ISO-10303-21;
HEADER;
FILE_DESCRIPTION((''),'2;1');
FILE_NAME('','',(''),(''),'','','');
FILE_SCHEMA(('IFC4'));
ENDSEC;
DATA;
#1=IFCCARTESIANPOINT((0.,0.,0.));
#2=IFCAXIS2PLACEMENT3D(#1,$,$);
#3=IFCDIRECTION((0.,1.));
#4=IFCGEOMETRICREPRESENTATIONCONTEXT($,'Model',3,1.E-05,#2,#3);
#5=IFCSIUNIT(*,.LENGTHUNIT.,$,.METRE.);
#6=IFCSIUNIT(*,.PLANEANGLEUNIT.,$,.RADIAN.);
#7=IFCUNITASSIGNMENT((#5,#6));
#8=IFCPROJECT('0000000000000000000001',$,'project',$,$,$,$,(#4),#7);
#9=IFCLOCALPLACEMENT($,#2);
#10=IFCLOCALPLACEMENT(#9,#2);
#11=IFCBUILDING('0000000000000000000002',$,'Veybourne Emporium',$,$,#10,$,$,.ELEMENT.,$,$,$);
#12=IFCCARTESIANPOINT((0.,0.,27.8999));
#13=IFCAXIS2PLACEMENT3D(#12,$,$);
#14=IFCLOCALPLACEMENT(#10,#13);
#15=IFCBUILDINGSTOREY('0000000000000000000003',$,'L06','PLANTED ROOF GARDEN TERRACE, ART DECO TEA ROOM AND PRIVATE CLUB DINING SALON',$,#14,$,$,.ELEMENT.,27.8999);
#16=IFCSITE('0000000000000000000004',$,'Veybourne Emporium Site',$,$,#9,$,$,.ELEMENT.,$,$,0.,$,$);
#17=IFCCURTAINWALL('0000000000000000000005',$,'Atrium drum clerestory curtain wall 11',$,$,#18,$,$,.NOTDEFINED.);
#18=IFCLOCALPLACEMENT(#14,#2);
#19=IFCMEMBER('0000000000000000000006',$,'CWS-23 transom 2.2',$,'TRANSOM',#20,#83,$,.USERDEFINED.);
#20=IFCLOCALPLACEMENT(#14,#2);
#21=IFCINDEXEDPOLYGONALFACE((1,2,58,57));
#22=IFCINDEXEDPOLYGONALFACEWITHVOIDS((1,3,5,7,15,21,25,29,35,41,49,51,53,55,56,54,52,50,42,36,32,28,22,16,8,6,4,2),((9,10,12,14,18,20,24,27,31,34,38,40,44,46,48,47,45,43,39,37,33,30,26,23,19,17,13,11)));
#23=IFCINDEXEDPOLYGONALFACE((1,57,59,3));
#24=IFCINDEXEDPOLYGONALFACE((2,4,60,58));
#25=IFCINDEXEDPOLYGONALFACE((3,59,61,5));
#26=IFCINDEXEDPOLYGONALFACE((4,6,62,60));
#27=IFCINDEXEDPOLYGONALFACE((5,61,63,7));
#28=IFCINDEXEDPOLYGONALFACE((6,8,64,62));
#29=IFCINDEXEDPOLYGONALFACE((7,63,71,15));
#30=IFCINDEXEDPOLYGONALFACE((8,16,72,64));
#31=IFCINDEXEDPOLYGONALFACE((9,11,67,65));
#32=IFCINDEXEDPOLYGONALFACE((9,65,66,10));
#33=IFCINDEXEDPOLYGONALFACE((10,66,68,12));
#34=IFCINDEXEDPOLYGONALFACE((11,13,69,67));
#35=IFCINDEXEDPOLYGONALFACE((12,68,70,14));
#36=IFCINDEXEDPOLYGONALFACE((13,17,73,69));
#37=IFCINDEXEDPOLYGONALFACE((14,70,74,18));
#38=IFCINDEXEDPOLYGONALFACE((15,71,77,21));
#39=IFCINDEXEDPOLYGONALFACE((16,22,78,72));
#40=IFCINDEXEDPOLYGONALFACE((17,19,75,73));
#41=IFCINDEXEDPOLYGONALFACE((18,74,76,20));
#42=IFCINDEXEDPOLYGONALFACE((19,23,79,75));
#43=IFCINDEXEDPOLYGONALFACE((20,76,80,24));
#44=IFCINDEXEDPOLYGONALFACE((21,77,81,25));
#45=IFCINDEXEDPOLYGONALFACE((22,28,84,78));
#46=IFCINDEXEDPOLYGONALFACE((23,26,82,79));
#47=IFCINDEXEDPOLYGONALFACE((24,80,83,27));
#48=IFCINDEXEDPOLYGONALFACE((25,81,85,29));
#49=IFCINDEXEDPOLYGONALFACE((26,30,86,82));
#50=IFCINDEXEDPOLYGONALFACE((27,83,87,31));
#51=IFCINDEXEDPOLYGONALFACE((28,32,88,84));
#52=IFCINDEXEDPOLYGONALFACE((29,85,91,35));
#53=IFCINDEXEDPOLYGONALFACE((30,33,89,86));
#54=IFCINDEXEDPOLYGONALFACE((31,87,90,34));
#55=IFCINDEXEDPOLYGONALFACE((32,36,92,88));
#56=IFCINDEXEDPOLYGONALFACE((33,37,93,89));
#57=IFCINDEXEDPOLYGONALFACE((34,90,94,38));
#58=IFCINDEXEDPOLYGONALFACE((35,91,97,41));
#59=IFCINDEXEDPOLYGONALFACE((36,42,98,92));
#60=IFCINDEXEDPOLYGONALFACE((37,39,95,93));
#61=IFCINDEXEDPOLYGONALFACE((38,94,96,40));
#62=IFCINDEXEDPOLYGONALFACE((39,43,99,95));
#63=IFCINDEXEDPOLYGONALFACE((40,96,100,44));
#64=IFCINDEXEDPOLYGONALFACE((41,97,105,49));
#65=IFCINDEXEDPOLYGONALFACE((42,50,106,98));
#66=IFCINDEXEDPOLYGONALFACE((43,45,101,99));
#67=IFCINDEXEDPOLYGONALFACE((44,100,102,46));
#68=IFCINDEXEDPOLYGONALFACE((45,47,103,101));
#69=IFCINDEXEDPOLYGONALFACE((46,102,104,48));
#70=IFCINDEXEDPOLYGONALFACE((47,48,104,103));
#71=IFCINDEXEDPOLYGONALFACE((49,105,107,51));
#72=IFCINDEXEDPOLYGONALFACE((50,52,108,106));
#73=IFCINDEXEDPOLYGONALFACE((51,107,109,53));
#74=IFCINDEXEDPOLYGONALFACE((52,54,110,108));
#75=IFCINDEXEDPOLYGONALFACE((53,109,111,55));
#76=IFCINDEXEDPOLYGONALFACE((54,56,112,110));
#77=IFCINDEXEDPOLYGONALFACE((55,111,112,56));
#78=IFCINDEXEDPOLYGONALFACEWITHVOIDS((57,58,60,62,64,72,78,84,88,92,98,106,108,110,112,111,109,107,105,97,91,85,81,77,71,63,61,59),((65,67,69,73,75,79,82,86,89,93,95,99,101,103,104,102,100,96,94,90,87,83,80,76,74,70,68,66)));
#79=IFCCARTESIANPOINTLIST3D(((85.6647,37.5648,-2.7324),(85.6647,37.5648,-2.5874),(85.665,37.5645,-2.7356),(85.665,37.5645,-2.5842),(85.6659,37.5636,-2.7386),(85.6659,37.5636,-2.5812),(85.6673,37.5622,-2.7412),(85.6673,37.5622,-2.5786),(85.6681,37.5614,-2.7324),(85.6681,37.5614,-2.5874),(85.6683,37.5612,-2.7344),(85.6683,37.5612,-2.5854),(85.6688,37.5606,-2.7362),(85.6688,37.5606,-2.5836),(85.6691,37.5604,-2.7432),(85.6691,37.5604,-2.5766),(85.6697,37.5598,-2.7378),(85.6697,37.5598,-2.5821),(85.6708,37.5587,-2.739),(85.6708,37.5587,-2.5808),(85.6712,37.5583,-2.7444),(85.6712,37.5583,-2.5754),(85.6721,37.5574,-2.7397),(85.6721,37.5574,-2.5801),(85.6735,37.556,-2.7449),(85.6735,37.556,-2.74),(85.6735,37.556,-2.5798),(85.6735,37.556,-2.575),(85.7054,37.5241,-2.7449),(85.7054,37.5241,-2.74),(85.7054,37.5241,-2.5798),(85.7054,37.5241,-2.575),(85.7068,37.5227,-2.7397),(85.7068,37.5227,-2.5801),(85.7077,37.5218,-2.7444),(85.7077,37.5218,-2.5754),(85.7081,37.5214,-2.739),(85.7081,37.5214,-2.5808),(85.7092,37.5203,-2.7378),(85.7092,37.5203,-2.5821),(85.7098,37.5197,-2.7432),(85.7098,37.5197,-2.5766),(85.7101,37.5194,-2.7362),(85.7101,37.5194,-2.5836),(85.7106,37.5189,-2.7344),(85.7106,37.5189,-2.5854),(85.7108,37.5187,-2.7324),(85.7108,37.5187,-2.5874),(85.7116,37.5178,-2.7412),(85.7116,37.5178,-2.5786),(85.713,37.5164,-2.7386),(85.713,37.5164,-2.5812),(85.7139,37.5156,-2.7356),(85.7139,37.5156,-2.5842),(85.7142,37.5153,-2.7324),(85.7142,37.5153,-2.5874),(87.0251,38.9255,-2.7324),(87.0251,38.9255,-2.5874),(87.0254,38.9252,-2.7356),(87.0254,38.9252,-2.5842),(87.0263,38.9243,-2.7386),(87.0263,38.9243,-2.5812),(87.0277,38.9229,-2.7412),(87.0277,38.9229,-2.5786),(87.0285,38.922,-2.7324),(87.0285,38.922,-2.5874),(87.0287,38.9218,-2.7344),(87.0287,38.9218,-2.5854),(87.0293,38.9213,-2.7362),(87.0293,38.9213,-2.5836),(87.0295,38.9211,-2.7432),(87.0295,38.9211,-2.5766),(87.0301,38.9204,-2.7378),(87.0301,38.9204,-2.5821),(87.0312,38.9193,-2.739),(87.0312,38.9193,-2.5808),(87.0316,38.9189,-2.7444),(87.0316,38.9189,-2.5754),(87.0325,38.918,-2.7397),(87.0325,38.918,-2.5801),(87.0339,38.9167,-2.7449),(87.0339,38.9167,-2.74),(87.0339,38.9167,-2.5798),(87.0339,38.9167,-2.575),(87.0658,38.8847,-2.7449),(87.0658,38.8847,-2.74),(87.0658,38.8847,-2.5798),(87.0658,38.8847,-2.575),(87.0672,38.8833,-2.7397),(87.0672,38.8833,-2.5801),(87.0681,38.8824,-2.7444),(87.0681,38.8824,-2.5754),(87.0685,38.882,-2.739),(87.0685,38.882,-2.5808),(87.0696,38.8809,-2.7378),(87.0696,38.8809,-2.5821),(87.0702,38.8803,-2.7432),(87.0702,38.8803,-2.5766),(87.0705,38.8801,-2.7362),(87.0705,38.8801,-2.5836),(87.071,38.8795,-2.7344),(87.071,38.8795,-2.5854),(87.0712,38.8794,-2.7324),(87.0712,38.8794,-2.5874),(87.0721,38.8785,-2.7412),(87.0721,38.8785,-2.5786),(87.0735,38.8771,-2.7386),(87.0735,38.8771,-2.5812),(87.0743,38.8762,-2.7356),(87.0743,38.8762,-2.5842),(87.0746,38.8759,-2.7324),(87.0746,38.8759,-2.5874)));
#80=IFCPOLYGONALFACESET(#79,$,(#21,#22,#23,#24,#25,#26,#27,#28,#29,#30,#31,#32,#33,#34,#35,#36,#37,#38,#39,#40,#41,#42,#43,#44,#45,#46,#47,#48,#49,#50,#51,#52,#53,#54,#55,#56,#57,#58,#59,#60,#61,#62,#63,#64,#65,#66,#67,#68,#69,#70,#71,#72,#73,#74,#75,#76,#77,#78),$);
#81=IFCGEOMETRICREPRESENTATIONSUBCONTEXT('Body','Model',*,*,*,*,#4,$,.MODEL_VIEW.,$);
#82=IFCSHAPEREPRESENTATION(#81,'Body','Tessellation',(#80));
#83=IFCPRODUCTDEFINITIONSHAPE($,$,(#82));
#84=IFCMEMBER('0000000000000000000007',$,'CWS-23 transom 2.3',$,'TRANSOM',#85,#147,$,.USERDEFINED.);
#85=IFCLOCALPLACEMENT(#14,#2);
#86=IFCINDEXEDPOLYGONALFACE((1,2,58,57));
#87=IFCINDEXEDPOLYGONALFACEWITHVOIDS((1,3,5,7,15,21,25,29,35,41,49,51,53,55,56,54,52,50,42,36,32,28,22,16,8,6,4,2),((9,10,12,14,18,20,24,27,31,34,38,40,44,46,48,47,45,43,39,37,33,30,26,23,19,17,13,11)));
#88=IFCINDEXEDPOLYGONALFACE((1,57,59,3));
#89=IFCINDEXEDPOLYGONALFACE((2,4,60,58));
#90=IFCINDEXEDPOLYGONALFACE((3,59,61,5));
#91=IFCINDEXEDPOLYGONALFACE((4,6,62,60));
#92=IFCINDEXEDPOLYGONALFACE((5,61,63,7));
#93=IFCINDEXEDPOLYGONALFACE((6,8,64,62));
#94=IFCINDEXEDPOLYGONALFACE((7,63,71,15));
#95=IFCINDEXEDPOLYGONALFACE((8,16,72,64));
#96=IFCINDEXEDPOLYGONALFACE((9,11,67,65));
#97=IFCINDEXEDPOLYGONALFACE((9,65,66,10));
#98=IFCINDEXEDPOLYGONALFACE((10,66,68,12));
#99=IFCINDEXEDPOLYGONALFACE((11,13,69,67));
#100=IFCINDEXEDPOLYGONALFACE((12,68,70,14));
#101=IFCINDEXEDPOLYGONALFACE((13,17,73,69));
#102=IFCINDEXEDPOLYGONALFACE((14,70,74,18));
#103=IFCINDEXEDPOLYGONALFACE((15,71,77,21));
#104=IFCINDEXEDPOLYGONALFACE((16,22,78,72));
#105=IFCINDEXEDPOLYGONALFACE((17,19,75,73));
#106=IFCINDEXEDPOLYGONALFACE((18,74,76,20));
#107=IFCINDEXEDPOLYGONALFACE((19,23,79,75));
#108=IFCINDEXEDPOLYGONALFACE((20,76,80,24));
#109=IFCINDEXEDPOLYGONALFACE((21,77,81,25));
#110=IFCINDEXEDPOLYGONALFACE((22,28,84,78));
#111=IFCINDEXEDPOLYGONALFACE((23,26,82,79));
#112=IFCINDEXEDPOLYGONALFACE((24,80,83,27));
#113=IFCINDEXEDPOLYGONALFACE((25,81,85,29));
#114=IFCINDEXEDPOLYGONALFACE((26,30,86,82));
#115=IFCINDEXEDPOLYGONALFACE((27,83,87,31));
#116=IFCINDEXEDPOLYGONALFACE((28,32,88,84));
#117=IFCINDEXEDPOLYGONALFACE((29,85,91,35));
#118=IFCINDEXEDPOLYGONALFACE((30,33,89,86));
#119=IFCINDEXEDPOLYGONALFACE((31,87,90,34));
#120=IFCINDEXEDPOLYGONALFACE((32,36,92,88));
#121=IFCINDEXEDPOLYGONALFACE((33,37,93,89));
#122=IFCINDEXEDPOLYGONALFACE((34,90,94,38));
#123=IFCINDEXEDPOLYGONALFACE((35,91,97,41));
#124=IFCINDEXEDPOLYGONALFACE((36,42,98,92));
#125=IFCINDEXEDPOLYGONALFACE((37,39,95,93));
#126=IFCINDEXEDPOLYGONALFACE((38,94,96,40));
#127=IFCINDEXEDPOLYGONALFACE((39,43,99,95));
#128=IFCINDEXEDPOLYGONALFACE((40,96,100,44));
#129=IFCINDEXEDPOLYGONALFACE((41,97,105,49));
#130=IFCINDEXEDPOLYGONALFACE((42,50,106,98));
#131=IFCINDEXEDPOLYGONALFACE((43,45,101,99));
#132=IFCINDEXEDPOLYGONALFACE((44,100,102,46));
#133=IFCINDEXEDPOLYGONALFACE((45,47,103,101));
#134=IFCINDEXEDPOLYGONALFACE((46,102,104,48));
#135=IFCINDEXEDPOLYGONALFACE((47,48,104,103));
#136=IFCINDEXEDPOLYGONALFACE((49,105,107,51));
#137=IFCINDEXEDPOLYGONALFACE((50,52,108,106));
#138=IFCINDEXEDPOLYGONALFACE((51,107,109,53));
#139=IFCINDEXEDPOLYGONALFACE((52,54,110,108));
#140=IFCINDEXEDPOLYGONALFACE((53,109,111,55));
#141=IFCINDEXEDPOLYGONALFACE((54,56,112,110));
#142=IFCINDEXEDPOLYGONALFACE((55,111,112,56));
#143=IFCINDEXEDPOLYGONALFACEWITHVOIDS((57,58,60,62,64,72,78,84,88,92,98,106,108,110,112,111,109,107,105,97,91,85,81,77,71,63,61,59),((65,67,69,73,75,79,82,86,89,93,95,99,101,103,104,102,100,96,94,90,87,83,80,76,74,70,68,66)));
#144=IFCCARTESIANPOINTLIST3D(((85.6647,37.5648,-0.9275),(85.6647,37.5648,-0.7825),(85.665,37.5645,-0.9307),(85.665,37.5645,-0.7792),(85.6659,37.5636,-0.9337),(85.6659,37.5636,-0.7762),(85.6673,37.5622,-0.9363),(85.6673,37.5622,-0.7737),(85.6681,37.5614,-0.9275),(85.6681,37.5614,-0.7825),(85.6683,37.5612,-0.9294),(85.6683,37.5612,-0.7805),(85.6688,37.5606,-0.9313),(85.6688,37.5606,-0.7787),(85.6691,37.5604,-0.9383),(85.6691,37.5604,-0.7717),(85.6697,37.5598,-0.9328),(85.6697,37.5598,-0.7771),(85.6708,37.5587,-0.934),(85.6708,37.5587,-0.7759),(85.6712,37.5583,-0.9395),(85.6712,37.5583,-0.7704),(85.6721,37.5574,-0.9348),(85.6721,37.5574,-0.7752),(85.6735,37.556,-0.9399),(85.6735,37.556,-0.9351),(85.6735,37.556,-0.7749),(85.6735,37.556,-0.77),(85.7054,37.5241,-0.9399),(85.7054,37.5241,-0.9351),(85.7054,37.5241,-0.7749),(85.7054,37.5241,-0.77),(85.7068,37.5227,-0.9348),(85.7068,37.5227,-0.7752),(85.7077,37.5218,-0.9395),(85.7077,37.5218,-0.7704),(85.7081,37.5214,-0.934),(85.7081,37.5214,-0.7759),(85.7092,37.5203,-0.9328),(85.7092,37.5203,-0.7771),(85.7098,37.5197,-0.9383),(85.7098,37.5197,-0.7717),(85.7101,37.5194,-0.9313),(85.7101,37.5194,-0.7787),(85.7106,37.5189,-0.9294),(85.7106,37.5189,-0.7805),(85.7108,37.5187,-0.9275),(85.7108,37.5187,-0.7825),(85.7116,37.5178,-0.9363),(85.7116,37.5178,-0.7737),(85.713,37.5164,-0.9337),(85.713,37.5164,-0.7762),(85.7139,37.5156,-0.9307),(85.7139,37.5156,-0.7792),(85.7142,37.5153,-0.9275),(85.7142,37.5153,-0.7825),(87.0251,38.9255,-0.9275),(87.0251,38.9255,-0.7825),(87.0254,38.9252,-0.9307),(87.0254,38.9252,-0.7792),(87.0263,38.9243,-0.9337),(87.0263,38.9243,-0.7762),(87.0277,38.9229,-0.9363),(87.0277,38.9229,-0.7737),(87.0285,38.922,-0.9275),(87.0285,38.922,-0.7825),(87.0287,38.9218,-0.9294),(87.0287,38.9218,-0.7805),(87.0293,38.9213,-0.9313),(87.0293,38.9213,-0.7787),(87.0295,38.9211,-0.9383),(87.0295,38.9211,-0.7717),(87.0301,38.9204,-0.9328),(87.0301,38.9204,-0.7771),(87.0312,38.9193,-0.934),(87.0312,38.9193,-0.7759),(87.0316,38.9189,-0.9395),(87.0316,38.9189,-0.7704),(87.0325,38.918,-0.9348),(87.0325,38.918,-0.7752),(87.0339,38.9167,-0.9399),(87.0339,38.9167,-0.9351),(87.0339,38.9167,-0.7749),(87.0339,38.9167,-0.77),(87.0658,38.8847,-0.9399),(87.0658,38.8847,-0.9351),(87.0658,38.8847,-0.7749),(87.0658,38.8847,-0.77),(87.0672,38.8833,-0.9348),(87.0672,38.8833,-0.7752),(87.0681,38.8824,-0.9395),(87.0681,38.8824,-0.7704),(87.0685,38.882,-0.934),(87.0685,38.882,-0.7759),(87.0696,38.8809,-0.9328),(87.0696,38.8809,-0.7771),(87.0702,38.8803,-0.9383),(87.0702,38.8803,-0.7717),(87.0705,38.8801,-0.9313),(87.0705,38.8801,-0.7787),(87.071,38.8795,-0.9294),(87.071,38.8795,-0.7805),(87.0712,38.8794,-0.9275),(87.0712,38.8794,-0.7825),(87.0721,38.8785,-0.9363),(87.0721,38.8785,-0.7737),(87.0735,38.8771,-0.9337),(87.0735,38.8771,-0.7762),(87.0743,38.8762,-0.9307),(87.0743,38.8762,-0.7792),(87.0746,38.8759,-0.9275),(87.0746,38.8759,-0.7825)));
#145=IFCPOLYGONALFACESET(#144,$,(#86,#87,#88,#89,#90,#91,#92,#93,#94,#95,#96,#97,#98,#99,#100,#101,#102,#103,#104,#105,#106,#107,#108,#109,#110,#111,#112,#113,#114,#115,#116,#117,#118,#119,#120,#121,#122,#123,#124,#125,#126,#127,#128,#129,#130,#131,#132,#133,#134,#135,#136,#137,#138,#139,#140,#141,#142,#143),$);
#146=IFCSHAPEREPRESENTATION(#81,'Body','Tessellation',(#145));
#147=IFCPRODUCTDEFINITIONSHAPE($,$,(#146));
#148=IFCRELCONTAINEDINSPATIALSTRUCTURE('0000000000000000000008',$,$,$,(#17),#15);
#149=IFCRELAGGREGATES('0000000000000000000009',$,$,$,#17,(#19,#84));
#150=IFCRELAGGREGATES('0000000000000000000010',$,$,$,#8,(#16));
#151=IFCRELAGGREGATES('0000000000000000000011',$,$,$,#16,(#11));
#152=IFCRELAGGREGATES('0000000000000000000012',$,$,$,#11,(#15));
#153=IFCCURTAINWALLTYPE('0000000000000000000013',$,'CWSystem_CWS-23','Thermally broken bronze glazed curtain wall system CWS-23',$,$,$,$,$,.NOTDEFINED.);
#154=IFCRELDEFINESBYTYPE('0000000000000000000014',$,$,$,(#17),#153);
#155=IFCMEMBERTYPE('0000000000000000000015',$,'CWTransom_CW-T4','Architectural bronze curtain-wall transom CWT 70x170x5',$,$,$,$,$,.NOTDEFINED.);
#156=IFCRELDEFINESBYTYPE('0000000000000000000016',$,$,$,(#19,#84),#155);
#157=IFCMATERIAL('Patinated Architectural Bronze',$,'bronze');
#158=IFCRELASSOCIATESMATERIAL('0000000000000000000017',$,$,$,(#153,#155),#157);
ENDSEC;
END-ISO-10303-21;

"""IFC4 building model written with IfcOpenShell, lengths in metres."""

from ifc_helpers import new_model, si_unit, direction, frame, origin, origin_2d, place, context, subcontext, project, spatial, hollow_rectangle, extrude, material, material_profile, profile_set, type_object, element, aggregate, save


model = new_model("IFC4")

# Units and contexts
model_context = context("Model", 3, precision=1e-05, world=origin(), true_north=direction((0.0, 1.0)))
body_context = subcontext(model_context, "Body", "Model", "MODEL_VIEW")
ifc_project = project(units=[si_unit("LENGTHUNIT", "METRE"), si_unit("PLANEANGLEUNIT", "RADIAN")], contexts=[model_context])

# Site, building, storey
site_placement = place(None, origin())
site = spatial("IfcSite", under=ifc_project, at=site_placement, Name="Veybourne Emporium Site", CompositionType="ELEMENT", RefElevation=0.0)
building_placement = place(site_placement, origin())
building = spatial("IfcBuilding", under=site, at=building_placement, Name="Veybourne Emporium", CompositionType="ELEMENT")
storey_placement = place(building_placement, frame((0.0, 0.0, 27.8999)))
storey = spatial("IfcBuildingStorey", under=building, at=storey_placement, Name="L06", Description="PLANTED ROOF GARDEN TERRACE, ART DECO TEA ROOM AND PRIVATE CLUB DINING SALON", CompositionType="ELEMENT", Elevation=27.8999)

# Curtain wall, members
ifc_material_1 = material(Name="Patinated Architectural Bronze", Category="bronze")
curtain_wall_type = type_object("IfcCurtainWallType", Name="CWSystem_CWS-23", Description="Thermally broken bronze glazed curtain wall system CWS-23", PredefinedType="NOTDEFINED", material=ifc_material_1)
curtain_wall_placement = place(storey_placement, origin())
curtain_wall = element("IfcCurtainWall", 1, at=curtain_wall_placement, inside=storey, type_object=curtain_wall_type, Name="Atrium drum clerestory curtain wall 11", PredefinedType="NOTDEFINED")
ifc_material_profile_1 = material_profile(ifc_material_1, hollow_rectangle(XDim=0.0701, YDim=0.1699, WallThickness=0.0049, InnerFilletRadius=0.0076, OuterFilletRadius=0.0125, at=origin_2d()), Name="CWT 70x170x5")
ifc_profile_set_1 = profile_set([ifc_material_profile_1], Name="Patinated Architectural Bronze")
member_type_1 = type_object("IfcMemberType", Name="CWTransom_CW-T4", Description="Architectural bronze curtain-wall transom CWT 70x170x5", PredefinedType="NOTDEFINED", material=ifc_profile_set_1)
member_1_placement = place(storey_placement, frame((85.6895, 37.54, -2.6599), z_axis=(0.707043, 0.70717, 0.0), x_axis=(-0.70717, 0.707043, 0.0)))
member_1 = element("IfcMember", 2, at=member_1_placement, type_object=member_type_1, Name="CWS-23 transom 2.2", ObjectType="TRANSOM", PredefinedType="USERDEFINED", context=body_context, shape_type="SweptSolid", body=[
    extrude(hollow_rectangle(XDim=0.0701, YDim=0.1699, WallThickness=0.0049, InnerFilletRadius=0.0076, OuterFilletRadius=0.0125, at=origin_2d()), origin(), (0.0, 0.0, 1.0), 1.9241),
])
member_2_placement = place(storey_placement, frame((85.6895, 37.54, -0.855), z_axis=(0.707043, 0.70717, 0.0), x_axis=(-0.70717, 0.707043, 0.0)))
member_2 = element("IfcMember", 3, at=member_2_placement, type_object=member_type_1, Name="CWS-23 transom 2.3", ObjectType="TRANSOM", PredefinedType="USERDEFINED", context=body_context, shape_type="SweptSolid", body=[
    extrude(hollow_rectangle(XDim=0.0701, YDim=0.1699, WallThickness=0.0049, InnerFilletRadius=0.0076, OuterFilletRadius=0.0125, at=origin_2d()), origin(), (0.0, 0.0, 1.0), 1.9241),
])

aggregate(curtain_wall, [member_1, member_2])

save(model, "model.ifc")
